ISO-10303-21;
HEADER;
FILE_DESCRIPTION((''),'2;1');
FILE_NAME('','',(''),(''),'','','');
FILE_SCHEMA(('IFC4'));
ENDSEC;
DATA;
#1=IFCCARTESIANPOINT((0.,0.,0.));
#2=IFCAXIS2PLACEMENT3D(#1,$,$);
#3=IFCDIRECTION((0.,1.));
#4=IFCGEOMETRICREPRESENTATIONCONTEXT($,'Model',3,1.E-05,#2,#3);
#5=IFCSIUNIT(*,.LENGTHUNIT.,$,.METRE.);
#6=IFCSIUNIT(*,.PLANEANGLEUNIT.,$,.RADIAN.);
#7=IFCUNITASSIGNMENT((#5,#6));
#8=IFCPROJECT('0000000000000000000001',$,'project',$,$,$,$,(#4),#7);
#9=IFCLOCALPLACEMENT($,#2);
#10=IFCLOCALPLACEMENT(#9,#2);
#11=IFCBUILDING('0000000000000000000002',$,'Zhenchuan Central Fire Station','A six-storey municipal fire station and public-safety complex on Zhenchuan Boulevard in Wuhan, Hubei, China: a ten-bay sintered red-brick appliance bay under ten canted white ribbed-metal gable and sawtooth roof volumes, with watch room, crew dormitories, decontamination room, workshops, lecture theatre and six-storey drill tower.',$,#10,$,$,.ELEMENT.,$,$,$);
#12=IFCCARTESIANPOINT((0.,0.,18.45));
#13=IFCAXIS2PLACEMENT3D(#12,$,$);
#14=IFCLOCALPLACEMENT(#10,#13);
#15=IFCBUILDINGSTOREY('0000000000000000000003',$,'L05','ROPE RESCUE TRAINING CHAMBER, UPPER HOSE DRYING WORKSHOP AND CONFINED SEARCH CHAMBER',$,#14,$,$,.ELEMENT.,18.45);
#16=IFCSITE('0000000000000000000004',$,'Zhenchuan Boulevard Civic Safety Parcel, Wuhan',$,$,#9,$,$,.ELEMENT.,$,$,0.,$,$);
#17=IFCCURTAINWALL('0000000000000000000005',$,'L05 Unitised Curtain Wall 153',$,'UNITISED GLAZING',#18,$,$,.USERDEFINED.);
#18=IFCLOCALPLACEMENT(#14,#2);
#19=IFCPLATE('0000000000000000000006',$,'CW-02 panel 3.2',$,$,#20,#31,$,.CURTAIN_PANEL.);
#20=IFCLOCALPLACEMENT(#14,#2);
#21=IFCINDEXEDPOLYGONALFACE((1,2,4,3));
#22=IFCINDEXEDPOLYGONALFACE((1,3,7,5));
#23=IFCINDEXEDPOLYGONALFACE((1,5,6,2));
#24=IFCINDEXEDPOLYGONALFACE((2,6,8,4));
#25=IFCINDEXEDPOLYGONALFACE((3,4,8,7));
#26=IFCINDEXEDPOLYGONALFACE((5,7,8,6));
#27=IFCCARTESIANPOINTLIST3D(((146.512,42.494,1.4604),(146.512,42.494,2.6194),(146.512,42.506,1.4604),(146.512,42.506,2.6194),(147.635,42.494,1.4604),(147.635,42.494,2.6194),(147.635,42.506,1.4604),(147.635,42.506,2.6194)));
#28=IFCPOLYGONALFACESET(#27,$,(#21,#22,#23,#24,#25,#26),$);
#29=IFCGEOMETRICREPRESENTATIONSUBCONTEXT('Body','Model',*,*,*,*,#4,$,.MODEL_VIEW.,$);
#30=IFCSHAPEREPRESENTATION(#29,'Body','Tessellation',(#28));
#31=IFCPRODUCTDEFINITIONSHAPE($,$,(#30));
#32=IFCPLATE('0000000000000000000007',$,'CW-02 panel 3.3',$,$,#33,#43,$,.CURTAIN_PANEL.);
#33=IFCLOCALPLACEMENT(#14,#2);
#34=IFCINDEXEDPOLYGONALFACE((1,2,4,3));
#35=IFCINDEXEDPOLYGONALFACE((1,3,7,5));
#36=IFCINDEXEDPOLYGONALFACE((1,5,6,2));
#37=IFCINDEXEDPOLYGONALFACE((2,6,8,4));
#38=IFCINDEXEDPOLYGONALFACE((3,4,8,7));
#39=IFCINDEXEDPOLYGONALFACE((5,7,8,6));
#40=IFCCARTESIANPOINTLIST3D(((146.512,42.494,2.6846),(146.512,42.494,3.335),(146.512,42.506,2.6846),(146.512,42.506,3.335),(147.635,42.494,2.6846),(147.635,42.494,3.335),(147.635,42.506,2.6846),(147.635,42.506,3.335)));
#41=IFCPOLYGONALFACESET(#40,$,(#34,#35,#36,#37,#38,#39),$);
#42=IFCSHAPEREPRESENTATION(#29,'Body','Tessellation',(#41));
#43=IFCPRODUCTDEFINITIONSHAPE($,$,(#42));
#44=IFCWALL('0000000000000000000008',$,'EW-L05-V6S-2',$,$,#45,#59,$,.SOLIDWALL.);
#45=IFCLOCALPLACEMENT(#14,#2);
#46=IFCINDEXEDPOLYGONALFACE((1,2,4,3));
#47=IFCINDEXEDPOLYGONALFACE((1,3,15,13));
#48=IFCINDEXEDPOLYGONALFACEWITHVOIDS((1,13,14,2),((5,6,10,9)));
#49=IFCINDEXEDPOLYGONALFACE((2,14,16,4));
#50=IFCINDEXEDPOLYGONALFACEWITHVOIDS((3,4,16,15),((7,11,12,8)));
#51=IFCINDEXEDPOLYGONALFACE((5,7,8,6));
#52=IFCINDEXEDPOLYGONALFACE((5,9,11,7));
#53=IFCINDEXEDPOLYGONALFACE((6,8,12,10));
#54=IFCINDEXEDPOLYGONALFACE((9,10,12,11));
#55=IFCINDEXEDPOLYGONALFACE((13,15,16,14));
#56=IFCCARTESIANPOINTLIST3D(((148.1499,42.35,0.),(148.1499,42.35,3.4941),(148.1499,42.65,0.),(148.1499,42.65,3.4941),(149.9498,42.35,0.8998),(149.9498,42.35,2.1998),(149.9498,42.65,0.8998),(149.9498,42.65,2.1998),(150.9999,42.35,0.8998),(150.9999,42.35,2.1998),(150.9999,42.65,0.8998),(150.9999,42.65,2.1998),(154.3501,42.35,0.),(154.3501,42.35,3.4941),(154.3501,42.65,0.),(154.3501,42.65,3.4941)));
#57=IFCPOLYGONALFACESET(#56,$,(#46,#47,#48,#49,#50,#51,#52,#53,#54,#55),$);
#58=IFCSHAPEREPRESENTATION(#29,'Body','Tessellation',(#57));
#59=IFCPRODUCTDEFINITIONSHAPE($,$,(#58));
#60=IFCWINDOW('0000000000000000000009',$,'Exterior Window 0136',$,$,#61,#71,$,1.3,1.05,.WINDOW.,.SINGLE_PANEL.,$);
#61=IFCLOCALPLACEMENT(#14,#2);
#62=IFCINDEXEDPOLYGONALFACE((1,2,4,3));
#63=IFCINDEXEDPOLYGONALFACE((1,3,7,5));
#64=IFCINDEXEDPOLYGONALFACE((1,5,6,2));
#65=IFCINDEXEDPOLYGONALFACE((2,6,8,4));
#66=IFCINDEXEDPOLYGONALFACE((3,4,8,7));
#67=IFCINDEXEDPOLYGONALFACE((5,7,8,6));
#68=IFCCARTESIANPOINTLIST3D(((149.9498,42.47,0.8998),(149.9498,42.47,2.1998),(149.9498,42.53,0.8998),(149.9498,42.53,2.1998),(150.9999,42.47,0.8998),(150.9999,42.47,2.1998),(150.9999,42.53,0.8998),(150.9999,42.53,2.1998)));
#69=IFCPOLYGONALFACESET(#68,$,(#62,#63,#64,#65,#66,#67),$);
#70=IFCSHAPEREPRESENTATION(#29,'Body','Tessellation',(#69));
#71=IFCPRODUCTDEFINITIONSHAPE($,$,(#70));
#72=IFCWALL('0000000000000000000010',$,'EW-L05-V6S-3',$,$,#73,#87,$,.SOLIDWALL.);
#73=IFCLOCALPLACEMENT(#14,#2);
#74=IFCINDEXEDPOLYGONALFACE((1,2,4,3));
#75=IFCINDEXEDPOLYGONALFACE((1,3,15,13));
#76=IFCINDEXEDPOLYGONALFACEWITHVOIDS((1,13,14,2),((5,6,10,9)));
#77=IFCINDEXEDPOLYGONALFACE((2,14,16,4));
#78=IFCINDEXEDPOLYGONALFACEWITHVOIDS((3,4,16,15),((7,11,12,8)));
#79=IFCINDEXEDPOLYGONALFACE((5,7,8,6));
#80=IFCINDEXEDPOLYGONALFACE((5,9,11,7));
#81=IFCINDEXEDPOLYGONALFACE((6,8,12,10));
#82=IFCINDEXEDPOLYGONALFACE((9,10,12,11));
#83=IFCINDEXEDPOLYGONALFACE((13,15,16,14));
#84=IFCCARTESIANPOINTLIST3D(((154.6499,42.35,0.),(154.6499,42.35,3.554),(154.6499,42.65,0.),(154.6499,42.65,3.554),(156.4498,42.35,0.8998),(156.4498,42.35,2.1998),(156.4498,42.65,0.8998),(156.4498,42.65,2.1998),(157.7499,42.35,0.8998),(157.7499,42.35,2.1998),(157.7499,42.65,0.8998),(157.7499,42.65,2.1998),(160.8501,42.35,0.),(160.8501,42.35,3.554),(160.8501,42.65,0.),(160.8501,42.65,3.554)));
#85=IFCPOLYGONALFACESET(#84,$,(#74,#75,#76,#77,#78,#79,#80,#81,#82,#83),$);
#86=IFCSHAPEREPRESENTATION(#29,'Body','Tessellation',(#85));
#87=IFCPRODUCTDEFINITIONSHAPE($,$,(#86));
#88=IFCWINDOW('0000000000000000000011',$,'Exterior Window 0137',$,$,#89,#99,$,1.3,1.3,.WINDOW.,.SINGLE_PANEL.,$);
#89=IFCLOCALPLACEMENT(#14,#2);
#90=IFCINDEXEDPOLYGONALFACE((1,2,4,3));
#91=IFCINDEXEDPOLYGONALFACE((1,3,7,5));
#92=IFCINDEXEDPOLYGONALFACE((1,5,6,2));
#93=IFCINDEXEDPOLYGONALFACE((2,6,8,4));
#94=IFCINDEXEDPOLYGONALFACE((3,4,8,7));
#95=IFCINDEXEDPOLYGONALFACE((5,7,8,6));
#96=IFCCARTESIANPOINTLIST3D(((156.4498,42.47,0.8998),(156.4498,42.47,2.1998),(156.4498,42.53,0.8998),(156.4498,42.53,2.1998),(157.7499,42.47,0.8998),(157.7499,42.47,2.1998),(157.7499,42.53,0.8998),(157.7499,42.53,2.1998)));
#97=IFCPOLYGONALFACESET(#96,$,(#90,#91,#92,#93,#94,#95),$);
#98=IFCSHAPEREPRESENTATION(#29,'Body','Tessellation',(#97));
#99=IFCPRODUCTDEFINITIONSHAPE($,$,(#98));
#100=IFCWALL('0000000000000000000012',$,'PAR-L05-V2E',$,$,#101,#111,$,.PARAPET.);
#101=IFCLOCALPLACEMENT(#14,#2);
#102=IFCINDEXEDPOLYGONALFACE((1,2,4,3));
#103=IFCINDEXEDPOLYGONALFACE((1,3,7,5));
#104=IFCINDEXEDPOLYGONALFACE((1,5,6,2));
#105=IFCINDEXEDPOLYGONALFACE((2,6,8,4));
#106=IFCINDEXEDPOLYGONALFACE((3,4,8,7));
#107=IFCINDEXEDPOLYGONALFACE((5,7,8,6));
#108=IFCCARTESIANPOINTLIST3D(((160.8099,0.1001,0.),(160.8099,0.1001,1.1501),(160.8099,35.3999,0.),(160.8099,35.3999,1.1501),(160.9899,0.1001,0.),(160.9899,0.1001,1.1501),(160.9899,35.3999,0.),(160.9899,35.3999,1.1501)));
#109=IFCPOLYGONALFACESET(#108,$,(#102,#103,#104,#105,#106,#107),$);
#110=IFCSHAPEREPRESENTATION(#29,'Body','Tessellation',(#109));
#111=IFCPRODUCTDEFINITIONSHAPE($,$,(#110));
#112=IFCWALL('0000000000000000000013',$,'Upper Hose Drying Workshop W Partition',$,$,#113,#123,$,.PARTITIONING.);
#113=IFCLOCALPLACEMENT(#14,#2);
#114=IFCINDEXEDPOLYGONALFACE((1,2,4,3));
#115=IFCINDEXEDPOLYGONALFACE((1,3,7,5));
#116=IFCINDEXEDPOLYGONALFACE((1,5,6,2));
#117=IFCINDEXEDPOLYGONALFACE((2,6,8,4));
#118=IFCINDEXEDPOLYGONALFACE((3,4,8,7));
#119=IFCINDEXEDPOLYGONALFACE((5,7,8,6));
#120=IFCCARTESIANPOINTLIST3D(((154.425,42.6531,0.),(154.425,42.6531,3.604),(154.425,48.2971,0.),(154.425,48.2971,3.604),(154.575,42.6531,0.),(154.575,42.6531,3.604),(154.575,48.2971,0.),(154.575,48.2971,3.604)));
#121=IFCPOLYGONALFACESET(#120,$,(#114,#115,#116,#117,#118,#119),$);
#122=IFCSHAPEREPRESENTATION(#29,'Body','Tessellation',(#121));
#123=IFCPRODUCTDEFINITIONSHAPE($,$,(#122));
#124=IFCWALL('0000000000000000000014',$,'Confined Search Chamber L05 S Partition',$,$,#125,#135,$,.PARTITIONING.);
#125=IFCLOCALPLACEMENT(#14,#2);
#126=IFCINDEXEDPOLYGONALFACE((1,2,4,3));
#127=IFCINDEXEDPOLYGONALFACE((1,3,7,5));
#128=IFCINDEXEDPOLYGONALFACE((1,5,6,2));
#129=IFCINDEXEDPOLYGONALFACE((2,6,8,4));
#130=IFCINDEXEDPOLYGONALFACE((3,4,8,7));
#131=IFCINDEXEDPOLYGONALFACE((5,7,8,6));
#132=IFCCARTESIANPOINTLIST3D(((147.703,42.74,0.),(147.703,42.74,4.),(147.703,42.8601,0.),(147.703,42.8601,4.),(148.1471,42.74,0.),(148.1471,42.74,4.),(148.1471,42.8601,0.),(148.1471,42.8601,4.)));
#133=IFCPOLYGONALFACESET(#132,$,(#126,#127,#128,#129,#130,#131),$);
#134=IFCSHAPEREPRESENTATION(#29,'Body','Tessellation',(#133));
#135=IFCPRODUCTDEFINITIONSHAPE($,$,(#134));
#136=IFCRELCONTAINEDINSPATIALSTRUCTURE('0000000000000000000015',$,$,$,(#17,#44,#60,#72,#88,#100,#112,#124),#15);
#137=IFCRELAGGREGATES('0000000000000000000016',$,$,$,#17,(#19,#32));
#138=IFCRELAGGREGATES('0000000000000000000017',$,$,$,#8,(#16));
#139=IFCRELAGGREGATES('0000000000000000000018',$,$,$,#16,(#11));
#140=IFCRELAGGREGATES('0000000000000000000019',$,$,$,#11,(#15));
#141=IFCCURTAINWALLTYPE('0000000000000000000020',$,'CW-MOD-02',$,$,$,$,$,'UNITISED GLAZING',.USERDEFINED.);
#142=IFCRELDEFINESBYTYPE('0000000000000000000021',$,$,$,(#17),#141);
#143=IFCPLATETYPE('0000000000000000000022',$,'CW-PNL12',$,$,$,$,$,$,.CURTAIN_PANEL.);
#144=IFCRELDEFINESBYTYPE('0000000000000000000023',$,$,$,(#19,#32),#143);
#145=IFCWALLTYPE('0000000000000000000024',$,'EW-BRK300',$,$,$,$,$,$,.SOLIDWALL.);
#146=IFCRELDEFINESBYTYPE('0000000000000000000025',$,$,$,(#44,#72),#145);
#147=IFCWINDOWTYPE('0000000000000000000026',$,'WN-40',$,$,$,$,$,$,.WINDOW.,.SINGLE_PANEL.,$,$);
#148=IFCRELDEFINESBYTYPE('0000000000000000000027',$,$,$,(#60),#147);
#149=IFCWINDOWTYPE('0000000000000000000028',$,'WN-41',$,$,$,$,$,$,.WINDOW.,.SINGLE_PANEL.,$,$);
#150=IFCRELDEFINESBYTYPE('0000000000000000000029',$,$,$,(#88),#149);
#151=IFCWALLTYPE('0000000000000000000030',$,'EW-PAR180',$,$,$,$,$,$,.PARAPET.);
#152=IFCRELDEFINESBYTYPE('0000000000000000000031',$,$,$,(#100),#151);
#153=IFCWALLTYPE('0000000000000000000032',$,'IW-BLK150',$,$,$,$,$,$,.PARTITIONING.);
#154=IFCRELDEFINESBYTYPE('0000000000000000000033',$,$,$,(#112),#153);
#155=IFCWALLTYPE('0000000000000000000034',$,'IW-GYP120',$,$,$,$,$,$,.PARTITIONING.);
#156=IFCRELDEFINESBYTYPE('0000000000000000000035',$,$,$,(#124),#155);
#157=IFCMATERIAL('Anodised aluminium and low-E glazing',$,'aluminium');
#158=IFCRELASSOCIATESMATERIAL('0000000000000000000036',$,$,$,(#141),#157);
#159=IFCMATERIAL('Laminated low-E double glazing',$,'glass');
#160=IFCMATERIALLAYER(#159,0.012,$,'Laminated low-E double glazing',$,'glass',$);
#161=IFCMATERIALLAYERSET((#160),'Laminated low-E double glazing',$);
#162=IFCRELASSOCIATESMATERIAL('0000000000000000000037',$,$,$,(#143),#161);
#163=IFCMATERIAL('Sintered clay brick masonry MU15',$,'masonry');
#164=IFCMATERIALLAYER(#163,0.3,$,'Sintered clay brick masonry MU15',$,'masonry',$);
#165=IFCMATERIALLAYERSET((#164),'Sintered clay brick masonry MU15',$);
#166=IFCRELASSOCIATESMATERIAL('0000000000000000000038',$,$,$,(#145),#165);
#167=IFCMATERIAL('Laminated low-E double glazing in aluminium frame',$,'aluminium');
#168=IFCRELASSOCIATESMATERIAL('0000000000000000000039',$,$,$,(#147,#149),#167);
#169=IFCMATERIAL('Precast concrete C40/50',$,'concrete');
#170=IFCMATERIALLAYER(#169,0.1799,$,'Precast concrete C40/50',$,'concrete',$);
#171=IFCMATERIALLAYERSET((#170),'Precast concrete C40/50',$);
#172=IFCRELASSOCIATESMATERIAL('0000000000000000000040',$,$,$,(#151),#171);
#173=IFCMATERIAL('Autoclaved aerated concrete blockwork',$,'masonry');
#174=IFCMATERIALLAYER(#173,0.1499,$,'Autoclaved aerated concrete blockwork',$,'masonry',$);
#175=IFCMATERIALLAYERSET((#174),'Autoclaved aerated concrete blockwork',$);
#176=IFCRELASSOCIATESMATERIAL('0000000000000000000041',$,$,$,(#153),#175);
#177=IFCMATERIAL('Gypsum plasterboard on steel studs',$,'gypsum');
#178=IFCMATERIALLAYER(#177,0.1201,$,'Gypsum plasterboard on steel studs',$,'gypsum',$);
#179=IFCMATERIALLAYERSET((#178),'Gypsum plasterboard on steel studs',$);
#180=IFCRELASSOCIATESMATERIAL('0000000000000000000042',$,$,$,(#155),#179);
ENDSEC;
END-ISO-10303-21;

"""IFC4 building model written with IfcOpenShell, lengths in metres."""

from ifc_helpers import new_model, si_unit, direction, frame, frame_2d, origin, origin_2d, place, context, subcontext, project, spatial, rectangle, extrude, material, layer, layer_set, type_object, element, fill, aggregate, save


model = new_model("IFC4")

# Units and contexts
model_context = context("Model", 3, precision=1e-05, world=origin(), true_north=direction((0.0, 1.0)))
body_context = subcontext(model_context, "Body", "Model", "MODEL_VIEW")
ifc_project = project(units=[si_unit("LENGTHUNIT", "METRE"), si_unit("PLANEANGLEUNIT", "RADIAN")], contexts=[model_context])

# Site, building, storey
site_placement = place(None, origin())
site = spatial("IfcSite", under=ifc_project, at=site_placement, Name="Zhenchuan Boulevard Civic Safety Parcel, Wuhan", CompositionType="ELEMENT", RefElevation=0.0)
building_placement = place(site_placement, origin())
building = spatial("IfcBuilding", under=site, at=building_placement, Name="Zhenchuan Central Fire Station", Description="A six-storey municipal fire station and public-safety complex on Zhenchuan Boulevard in Wuhan, Hubei, China: a ten-bay sintered red-brick appliance bay under ten canted white ribbed-metal gable and sawtooth roof volumes, with watch room, crew dormitories, decontamination room, workshops, lecture theatre and six-storey drill tower.", CompositionType="ELEMENT")
storey_placement = place(building_placement, frame((0.0, 0.0, 18.45)))
storey = spatial("IfcBuildingStorey", under=building, at=storey_placement, Name="L05", Description="ROPE RESCUE TRAINING CHAMBER, UPPER HOSE DRYING WORKSHOP AND CONFINED SEARCH CHAMBER", CompositionType="ELEMENT", Elevation=18.45)

# Curtain wall
ifc_material_1 = material(Name="Anodised aluminium and low-E glazing", Category="aluminium")
curtain_wall_type_1 = type_object("IfcCurtainWallType", Name="CW-MOD-02", ElementType="UNITISED GLAZING", PredefinedType="USERDEFINED", material=ifc_material_1)
curtain_wall_1_placement = place(storey_placement, origin())
curtain_wall_1 = element("IfcCurtainWall", 1, at=curtain_wall_1_placement, inside=storey, type_object=curtain_wall_type_1, Name="L05 Unitised Curtain Wall 153", ObjectType="UNITISED GLAZING", PredefinedType="USERDEFINED")

# Plates
ifc_material_2 = material(Name="Laminated low-E double glazing", Category="glass")
ifc_layer_1 = layer(ifc_material_2, 0.012, Name="Laminated low-E double glazing", Category="glass")
ifc_layer_set_1 = layer_set([ifc_layer_1], Name="Laminated low-E double glazing")
plate_type = type_object("IfcPlateType", Name="CW-PNL12", PredefinedType="CURTAIN_PANEL", material=ifc_layer_set_1)
plate_1_placement = place(storey_placement, frame((147.0735, 42.5, 1.4604), z_axis=(0.0, 0.0, 1.0), x_axis=(1.0, 0.0, 0.0)))
plate_1 = element("IfcPlate", 2, at=plate_1_placement, type_object=plate_type, Name="CW-02 panel 3.2", PredefinedType="CURTAIN_PANEL", context=body_context, shape_type="SweptSolid", body=[
    extrude(rectangle(XDim=1.123, YDim=0.012, at=origin_2d()), origin(), (0.0, 0.0, 1.0), 1.1589),
])
plate_2_placement = place(storey_placement, frame((147.0735, 42.5, 2.6846), z_axis=(0.0, 0.0, 1.0), x_axis=(1.0, 0.0, 0.0)))
plate_2 = element("IfcPlate", 3, at=plate_2_placement, type_object=plate_type, Name="CW-02 panel 3.3", PredefinedType="CURTAIN_PANEL", context=body_context, shape_type="SweptSolid", body=[
    extrude(rectangle(XDim=1.123, YDim=0.012, at=origin_2d()), origin(), (0.0, 0.0, 1.0), 0.6504),
])
aggregate(curtain_wall_1, [plate_1, plate_2])

# Walls, openings, windows
ifc_material_3 = material(Name="Sintered clay brick masonry MU15", Category="masonry")
ifc_layer_2 = layer(ifc_material_3, 0.3, Name="Sintered clay brick masonry MU15", Category="masonry")
ifc_layer_set_2 = layer_set([ifc_layer_2], Name="Sintered clay brick masonry MU15")
wall_type_1 = type_object("IfcWallType", Name="EW-BRK300", PredefinedType="SOLIDWALL", material=ifc_layer_set_2)
wall_1_placement = place(storey_placement, frame((148.1499, 42.5, 0.0), z_axis=(0.0, 0.0, 1.0), x_axis=(1.0, 0.0, 0.0)))
wall_1 = element("IfcWall", 4, at=wall_1_placement, inside=storey, type_object=wall_type_1, Name="EW-L05-V6S-2", PredefinedType="SOLIDWALL", context=body_context, shape_type="SweptSolid", body=[
    extrude(rectangle(XDim=6.2002, YDim=0.3, at=frame_2d((3.1001, 0.0))), origin(), (0.0, 0.0, 1.0), 3.4941),
])
opening_1_placement = place(wall_1_placement, frame((1.8, 0.0, 0.8999)))
opening_1 = element("IfcOpeningElement", 5, at=opening_1_placement, cuts=wall_1, PredefinedType="OPENING", context=body_context, shape_type="SweptSolid", body=[
    extrude(rectangle(XDim=1.05, YDim=1.3, at=frame_2d((0.5249, 0.6499))), frame((0.0, 0.1599, 0.0), z_axis=(0.0, -1.0, 0.0), x_axis=(1.0, 0.0, 0.0)), (0.0, 0.0, 1.0), 0.3201),
])
ifc_material_4 = material(Name="Laminated low-E double glazing in aluminium frame", Category="aluminium")
window_type_1 = type_object("IfcWindowType", Name="WN-40", PartitioningType="SINGLE_PANEL", PredefinedType="WINDOW", material=ifc_material_4)
window_1_placement = place(opening_1_placement, origin())
window_1 = element("IfcWindow", 6, at=window_1_placement, inside=storey, type_object=window_type_1, Name="Exterior Window 0136", OverallHeight=1.3, OverallWidth=1.05, PartitioningType="SINGLE_PANEL", PredefinedType="WINDOW", context=body_context, shape_type="SweptSolid", body=[
    extrude(rectangle(XDim=1.05, YDim=1.3, at=frame_2d((0.5249, 0.6499))), frame((0.0, 0.03, 0.0), z_axis=(0.0, -1.0, 0.0), x_axis=(1.0, 0.0, 0.0)), (0.0, 0.0, 1.0), 0.0601),
])
fill(opening_1, window_1)
wall_2_placement = place(storey_placement, frame((154.6499, 42.5, 0.0), z_axis=(0.0, 0.0, 1.0), x_axis=(1.0, 0.0, 0.0)))
wall_2 = element("IfcWall", 7, at=wall_2_placement, inside=storey, type_object=wall_type_1, Name="EW-L05-V6S-3", PredefinedType="SOLIDWALL", context=body_context, shape_type="SweptSolid", body=[
    extrude(rectangle(XDim=6.2002, YDim=0.3, at=frame_2d((3.1001, 0.0))), origin(), (0.0, 0.0, 1.0), 3.554),
])
opening_2_placement = place(wall_2_placement, frame((1.8, 0.0, 0.8999)))
opening_2 = element("IfcOpeningElement", 8, at=opening_2_placement, cuts=wall_2, PredefinedType="OPENING", context=body_context, shape_type="SweptSolid", body=[
    extrude(rectangle(XDim=1.3, YDim=1.3, at=frame_2d((0.6499, 0.6499))), frame((0.0, 0.1599, 0.0), z_axis=(0.0, -1.0, 0.0), x_axis=(1.0, 0.0, 0.0)), (0.0, 0.0, 1.0), 0.3201),
])
window_type_2 = type_object("IfcWindowType", Name="WN-41", PartitioningType="SINGLE_PANEL", PredefinedType="WINDOW", material=ifc_material_4)
window_2_placement = place(opening_2_placement, origin())
window_2 = element("IfcWindow", 9, at=window_2_placement, inside=storey, type_object=window_type_2, Name="Exterior Window 0137", OverallHeight=1.3, OverallWidth=1.3, PartitioningType="SINGLE_PANEL", PredefinedType="WINDOW", context=body_context, shape_type="SweptSolid", body=[
    extrude(rectangle(XDim=1.3, YDim=1.3, at=frame_2d((0.6499, 0.6499))), frame((0.0, 0.03, 0.0), z_axis=(0.0, -1.0, 0.0), x_axis=(1.0, 0.0, 0.0)), (0.0, 0.0, 1.0), 0.0601),
])
fill(opening_2, window_2)

# Walls
ifc_material_5 = material(Name="Precast concrete C40/50", Category="concrete")
ifc_layer_3 = layer(ifc_material_5, 0.1799, Name="Precast concrete C40/50", Category="concrete")
ifc_layer_set_3 = layer_set([ifc_layer_3], Name="Precast concrete C40/50")
wall_type_2 = type_object("IfcWallType", Name="EW-PAR180", PredefinedType="PARAPET", material=ifc_layer_set_3)
wall_3_placement = place(storey_placement, frame((160.8999, 0.1001, 0.0), z_axis=(0.0, 0.0, 1.0), x_axis=(0.0, 1.0, 0.0)))
element("IfcWall", 10, at=wall_3_placement, inside=storey, type_object=wall_type_2, Name="PAR-L05-V2E", PredefinedType="PARAPET", context=body_context, shape_type="SweptSolid", body=[
    extrude(rectangle(XDim=35.2998, YDim=0.1799, at=frame_2d((17.6499, 0.0))), origin(), (0.0, 0.0, 1.0), 1.1501),
])
ifc_material_6 = material(Name="Autoclaved aerated concrete blockwork", Category="masonry")
ifc_layer_4 = layer(ifc_material_6, 0.1499, Name="Autoclaved aerated concrete blockwork", Category="masonry")
ifc_layer_set_4 = layer_set([ifc_layer_4], Name="Autoclaved aerated concrete blockwork")
wall_type_3 = type_object("IfcWallType", Name="IW-BLK150", PredefinedType="PARTITIONING", material=ifc_layer_set_4)
wall_4_placement = place(storey_placement, frame((154.5, 42.6531, 0.0), z_axis=(0.0, 0.0, 1.0), x_axis=(0.0, 1.0, 0.0)))
element("IfcWall", 11, at=wall_4_placement, inside=storey, type_object=wall_type_3, Name="Upper Hose Drying Workshop W Partition", PredefinedType="PARTITIONING", context=body_context, shape_type="SweptSolid", body=[
    extrude(rectangle(XDim=5.644, YDim=0.1499, at=frame_2d((2.822, 0.0))), origin(), (0.0, 0.0, 1.0), 3.604),
])
ifc_material_7 = material(Name="Gypsum plasterboard on steel studs", Category="gypsum")
ifc_layer_5 = layer(ifc_material_7, 0.1201, Name="Gypsum plasterboard on steel studs", Category="gypsum")
ifc_layer_set_5 = layer_set([ifc_layer_5], Name="Gypsum plasterboard on steel studs")
wall_type_4 = type_object("IfcWallType", Name="IW-GYP120", PredefinedType="PARTITIONING", material=ifc_layer_set_5)
wall_5_placement = place(storey_placement, frame((147.7029, 42.8, 0.0), z_axis=(0.0, 0.0, 1.0), x_axis=(1.0, 0.0, 0.0)))
element("IfcWall", 12, at=wall_5_placement, inside=storey, type_object=wall_type_4, Name="Confined Search Chamber L05 S Partition", PredefinedType="PARTITIONING", context=body_context, shape_type="SweptSolid", body=[
    extrude(rectangle(XDim=0.4441, YDim=0.1201, at=frame_2d((0.2222, 0.0))), origin(), (0.0, 0.0, 1.0), 4.0),
])

save(model, "model.ifc")
